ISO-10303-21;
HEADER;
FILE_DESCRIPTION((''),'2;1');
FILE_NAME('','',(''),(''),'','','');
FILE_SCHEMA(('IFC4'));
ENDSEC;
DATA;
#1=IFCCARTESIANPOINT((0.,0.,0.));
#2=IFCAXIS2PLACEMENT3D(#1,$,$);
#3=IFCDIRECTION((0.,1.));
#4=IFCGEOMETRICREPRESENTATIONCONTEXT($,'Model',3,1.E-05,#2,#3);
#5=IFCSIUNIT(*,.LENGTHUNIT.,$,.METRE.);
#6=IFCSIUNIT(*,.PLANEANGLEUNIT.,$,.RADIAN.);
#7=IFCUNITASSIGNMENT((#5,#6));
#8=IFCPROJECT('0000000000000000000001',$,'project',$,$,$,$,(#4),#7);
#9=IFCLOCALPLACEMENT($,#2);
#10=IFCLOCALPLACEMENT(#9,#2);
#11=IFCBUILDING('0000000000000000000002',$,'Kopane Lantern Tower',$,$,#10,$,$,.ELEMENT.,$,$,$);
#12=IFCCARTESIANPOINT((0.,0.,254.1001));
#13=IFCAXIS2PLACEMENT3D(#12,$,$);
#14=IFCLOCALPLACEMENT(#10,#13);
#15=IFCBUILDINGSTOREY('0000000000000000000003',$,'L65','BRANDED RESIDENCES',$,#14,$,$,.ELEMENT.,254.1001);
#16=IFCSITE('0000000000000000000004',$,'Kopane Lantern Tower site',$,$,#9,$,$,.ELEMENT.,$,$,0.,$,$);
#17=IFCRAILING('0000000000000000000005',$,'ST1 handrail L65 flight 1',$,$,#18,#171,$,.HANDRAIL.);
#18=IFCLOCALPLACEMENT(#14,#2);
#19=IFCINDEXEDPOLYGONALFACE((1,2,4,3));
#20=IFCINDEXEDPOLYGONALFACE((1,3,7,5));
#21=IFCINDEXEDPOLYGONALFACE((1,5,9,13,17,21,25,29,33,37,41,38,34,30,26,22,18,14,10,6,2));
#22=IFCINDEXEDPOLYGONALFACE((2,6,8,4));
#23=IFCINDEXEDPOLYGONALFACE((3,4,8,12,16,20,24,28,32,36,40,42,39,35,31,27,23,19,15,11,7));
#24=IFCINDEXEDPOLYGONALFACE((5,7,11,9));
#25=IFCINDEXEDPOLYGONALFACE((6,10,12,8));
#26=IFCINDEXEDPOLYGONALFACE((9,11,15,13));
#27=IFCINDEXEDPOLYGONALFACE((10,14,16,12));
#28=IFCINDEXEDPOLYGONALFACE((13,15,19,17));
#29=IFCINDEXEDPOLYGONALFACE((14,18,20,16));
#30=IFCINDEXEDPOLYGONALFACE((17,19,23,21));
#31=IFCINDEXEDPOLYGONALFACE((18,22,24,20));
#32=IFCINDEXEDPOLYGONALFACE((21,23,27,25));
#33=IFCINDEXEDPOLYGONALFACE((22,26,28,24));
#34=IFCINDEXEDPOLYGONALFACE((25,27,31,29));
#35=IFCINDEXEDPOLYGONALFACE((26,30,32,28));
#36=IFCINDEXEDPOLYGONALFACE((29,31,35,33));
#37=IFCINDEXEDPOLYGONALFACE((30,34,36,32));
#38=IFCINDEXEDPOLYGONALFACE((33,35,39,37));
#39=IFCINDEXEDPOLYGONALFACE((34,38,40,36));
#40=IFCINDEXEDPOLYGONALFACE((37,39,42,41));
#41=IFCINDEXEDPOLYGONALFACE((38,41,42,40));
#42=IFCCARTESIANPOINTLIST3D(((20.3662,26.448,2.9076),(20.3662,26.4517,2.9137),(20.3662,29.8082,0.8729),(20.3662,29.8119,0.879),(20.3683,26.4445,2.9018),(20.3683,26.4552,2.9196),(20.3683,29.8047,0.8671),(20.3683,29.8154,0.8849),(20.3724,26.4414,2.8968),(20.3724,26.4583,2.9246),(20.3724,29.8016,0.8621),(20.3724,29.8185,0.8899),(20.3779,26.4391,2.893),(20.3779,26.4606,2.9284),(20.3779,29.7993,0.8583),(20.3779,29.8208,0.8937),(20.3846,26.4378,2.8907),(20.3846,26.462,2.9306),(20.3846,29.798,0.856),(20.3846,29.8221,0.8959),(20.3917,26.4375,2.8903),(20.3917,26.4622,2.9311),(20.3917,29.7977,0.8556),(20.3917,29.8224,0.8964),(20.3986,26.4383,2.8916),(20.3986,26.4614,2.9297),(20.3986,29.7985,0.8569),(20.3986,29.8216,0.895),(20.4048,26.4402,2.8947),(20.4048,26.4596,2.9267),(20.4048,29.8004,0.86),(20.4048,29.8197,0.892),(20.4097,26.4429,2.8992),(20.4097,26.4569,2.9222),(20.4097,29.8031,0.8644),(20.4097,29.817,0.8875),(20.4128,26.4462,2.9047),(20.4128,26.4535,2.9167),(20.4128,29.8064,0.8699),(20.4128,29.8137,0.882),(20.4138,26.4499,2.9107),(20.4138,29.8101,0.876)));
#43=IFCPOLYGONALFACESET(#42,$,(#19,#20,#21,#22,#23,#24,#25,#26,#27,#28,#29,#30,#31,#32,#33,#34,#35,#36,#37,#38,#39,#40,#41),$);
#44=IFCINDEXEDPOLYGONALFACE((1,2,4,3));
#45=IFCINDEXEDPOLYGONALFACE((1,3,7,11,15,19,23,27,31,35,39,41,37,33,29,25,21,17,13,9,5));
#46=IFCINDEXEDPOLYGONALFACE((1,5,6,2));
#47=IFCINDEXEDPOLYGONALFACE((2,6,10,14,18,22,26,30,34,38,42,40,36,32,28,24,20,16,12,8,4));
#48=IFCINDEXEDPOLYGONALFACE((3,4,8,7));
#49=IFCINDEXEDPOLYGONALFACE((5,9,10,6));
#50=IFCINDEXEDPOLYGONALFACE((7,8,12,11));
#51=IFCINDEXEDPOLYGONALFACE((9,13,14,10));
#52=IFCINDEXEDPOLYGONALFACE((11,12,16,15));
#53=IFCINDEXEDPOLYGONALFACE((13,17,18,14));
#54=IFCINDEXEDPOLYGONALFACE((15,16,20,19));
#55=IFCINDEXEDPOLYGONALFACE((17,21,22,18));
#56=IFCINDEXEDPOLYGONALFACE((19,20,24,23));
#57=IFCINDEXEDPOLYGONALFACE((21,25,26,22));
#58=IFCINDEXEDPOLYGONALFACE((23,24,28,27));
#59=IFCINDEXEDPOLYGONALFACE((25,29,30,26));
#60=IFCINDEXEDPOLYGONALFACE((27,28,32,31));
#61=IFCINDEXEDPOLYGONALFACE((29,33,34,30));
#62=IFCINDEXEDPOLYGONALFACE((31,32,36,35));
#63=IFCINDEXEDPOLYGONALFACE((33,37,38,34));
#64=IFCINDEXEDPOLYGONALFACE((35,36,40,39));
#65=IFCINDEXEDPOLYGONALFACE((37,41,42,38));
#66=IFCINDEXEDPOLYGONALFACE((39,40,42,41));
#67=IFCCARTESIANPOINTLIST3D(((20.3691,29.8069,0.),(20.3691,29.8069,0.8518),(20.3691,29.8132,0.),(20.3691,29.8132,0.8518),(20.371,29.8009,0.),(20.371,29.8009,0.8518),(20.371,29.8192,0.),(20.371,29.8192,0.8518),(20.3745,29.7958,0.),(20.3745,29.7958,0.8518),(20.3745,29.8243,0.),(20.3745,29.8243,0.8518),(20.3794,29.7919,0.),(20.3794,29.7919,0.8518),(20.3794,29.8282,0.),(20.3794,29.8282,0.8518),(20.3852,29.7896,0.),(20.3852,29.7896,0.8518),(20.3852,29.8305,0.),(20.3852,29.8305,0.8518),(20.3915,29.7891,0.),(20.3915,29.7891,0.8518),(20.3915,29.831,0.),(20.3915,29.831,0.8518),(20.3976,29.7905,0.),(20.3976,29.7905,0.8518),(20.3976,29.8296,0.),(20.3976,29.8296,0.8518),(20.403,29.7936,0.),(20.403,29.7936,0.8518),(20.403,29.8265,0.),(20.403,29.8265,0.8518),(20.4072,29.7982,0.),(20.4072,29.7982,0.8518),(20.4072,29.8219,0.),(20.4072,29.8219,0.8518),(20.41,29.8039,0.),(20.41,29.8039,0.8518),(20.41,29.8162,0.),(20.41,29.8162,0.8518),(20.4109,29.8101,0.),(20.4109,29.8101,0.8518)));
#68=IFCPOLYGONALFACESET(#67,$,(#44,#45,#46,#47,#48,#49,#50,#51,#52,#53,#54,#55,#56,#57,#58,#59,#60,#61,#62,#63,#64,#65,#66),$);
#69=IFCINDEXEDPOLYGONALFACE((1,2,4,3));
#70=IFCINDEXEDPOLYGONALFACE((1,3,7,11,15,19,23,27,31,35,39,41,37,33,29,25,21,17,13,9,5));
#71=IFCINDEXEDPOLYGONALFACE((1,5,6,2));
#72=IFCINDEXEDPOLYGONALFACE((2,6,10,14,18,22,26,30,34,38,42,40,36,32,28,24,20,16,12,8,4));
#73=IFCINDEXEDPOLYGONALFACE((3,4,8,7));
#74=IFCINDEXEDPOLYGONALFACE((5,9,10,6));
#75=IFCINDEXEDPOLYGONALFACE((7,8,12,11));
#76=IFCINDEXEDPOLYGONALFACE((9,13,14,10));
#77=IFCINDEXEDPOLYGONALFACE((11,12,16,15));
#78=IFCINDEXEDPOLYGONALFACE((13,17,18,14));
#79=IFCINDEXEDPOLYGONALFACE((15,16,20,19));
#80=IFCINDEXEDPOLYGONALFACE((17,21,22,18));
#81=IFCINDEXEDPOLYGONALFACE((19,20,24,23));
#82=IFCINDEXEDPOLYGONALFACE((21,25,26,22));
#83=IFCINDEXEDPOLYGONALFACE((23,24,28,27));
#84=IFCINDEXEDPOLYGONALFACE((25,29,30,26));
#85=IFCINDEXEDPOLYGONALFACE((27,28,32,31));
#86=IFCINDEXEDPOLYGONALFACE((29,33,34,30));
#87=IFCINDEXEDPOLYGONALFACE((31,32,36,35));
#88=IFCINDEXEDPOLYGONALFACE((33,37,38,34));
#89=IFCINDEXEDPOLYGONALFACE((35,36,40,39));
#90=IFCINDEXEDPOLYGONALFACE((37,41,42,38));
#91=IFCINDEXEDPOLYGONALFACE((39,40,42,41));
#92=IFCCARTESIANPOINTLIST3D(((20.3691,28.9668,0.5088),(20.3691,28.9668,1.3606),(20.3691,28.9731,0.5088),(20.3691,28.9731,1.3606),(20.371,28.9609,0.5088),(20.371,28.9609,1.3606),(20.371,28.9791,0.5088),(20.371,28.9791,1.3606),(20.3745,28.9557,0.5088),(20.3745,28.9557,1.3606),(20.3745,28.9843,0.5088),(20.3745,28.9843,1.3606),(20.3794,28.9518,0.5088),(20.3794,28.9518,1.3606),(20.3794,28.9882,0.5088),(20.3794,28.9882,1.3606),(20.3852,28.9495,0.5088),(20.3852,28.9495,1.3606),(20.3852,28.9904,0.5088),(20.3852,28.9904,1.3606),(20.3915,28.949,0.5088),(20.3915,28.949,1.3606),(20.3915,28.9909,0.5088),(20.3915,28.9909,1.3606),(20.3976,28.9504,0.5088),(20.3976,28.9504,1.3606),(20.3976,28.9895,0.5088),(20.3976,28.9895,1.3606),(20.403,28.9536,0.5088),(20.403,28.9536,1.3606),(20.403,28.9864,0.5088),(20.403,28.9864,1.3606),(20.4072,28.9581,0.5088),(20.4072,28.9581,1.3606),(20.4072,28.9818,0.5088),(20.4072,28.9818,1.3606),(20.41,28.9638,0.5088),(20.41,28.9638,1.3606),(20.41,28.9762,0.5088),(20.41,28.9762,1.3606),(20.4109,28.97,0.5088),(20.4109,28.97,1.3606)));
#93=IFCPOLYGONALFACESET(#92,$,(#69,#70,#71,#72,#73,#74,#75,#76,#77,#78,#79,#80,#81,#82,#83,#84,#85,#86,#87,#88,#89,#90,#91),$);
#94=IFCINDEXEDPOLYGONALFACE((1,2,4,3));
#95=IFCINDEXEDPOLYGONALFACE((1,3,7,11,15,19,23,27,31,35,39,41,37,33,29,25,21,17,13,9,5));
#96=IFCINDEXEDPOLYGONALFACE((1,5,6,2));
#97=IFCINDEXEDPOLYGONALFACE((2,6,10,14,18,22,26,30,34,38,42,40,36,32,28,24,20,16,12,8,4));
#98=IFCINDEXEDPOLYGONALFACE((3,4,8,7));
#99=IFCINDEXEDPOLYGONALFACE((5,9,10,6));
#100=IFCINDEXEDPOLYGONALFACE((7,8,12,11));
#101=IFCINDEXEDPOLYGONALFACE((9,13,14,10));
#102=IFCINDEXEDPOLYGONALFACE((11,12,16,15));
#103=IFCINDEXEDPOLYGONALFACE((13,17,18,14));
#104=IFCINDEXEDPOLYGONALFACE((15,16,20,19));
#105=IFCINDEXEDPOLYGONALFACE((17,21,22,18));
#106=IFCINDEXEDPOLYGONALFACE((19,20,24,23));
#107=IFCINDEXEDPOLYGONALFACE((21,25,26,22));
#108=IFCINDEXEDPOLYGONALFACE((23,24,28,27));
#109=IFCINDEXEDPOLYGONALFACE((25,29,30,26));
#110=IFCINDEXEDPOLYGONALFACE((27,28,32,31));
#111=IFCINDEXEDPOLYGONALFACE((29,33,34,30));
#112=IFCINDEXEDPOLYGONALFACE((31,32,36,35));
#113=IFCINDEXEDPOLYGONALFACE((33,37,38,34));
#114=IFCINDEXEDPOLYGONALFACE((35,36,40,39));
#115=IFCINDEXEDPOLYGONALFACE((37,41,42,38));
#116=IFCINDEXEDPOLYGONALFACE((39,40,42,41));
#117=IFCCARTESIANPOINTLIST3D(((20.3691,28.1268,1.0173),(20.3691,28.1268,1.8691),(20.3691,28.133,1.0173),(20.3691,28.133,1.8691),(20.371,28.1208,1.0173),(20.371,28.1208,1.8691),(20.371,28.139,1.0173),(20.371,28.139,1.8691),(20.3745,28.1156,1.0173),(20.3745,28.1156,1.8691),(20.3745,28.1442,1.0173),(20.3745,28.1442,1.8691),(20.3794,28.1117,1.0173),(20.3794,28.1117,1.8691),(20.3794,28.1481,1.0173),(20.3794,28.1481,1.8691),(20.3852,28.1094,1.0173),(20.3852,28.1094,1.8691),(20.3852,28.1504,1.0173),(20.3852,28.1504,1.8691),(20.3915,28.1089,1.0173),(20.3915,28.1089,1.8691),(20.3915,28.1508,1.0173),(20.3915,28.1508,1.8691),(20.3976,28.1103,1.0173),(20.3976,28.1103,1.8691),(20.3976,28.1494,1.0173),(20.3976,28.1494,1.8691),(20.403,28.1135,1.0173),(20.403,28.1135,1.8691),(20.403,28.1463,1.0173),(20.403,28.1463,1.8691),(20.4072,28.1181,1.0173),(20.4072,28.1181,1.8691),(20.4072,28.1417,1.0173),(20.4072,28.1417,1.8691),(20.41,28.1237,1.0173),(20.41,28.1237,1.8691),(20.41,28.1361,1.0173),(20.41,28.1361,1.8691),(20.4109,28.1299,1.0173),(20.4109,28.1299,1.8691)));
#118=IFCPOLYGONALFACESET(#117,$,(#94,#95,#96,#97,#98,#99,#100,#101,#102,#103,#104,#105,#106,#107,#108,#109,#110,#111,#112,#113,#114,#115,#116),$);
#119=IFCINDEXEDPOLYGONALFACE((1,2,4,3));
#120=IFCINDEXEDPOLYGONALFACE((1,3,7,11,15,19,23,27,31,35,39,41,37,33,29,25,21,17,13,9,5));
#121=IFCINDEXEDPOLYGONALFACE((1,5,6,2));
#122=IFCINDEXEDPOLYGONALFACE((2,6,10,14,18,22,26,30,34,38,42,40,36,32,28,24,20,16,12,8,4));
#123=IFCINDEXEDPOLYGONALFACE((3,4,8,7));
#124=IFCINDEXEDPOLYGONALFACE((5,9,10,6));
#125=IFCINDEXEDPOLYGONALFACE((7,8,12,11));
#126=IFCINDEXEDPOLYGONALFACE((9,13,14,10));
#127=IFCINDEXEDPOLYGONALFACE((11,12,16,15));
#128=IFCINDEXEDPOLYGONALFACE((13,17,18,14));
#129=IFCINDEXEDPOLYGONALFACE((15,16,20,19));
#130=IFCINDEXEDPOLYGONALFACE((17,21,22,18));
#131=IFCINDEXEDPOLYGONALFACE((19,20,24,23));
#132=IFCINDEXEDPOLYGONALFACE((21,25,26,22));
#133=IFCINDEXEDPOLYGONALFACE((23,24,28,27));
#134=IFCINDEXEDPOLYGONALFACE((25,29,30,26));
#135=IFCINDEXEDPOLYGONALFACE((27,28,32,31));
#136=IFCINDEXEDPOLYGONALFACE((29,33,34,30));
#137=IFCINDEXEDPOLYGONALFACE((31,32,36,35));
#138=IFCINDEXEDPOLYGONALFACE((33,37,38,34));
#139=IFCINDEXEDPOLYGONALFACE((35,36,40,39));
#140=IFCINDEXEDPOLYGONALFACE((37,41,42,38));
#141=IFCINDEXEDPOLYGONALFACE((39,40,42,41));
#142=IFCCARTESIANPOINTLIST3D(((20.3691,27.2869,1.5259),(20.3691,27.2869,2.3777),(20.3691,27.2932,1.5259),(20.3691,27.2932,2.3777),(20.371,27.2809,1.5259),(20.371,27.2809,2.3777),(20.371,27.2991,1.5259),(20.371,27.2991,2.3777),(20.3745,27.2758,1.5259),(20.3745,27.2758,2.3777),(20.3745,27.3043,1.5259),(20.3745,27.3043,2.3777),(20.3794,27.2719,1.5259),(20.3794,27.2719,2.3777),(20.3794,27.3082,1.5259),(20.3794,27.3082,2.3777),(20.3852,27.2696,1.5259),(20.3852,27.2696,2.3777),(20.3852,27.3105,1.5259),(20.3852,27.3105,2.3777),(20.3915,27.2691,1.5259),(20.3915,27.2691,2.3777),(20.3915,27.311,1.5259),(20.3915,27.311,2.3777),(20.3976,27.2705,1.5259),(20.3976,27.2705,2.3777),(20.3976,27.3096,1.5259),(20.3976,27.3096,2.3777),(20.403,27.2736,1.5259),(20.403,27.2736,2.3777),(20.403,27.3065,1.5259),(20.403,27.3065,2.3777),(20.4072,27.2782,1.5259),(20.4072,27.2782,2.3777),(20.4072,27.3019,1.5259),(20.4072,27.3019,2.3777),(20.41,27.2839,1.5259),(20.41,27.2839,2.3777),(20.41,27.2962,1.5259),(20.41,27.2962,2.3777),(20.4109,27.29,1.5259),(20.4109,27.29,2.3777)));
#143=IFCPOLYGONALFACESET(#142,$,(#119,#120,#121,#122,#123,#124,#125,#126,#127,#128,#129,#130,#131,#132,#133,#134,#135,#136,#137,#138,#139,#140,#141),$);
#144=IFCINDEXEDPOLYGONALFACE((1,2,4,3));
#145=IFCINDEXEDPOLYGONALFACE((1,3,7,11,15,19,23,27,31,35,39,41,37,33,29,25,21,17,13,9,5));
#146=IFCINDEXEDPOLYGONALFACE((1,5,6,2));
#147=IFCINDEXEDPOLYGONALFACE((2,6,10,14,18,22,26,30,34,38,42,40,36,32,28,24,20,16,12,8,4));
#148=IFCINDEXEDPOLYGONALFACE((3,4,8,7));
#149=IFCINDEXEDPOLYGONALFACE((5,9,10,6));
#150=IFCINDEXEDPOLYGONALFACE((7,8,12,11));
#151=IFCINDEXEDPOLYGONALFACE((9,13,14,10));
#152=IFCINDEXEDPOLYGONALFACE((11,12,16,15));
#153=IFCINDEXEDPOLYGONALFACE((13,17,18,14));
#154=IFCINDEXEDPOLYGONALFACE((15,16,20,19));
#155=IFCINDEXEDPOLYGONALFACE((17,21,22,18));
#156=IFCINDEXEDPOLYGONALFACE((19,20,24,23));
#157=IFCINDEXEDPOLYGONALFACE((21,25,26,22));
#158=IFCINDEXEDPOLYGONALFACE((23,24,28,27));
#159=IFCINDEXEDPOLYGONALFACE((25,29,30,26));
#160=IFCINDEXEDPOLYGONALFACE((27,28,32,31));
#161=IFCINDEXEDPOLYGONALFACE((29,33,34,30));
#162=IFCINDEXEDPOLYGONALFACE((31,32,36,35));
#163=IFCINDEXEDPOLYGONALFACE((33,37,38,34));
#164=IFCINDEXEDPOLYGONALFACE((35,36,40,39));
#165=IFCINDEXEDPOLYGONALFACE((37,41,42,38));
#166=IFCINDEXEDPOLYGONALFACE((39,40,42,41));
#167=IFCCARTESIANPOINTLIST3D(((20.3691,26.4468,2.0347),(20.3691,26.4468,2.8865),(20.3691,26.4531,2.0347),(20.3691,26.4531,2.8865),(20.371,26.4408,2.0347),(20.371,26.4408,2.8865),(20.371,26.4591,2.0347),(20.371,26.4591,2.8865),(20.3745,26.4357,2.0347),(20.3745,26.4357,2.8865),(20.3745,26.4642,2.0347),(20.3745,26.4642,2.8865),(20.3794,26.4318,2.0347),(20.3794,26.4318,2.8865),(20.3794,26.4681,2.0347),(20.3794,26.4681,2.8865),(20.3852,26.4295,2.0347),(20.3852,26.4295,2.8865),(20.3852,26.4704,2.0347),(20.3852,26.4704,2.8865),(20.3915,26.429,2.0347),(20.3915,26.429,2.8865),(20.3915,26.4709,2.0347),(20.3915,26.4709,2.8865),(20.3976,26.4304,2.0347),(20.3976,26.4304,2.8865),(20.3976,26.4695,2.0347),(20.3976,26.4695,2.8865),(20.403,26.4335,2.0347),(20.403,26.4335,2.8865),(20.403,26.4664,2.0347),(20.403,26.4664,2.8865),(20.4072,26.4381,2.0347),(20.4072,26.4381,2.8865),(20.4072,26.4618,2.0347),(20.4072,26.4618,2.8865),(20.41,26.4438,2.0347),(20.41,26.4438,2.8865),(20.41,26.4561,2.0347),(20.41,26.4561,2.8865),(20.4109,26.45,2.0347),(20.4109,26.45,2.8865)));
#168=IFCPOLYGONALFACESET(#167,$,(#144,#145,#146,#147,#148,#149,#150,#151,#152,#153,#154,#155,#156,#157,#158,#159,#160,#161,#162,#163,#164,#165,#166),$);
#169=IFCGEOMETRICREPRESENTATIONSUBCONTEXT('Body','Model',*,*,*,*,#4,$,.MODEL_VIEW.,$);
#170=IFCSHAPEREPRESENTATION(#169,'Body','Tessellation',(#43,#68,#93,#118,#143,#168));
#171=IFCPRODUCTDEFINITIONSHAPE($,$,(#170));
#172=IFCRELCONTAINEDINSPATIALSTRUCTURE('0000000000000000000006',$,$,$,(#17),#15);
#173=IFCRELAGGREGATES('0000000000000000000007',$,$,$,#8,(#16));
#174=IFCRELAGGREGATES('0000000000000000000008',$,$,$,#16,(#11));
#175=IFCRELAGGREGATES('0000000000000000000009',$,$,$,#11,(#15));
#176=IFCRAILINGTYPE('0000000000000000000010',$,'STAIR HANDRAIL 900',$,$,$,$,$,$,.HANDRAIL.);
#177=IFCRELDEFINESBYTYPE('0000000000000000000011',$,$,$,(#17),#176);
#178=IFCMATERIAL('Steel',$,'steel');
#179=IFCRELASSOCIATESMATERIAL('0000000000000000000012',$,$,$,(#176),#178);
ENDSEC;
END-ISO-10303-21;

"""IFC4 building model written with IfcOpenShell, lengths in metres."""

from ifc_helpers import new_model, si_unit, direction, frame, origin, origin_2d, place, context, subcontext, project, spatial, circle, extrude, material, type_object, element, save


model = new_model("IFC4")

# Units and contexts
model_context = context("Model", 3, precision=1e-05, world=origin(), true_north=direction((0.0, 1.0)))
body_context = subcontext(model_context, "Body", "Model", "MODEL_VIEW")
ifc_project = project(units=[si_unit("LENGTHUNIT", "METRE"), si_unit("PLANEANGLEUNIT", "RADIAN")], contexts=[model_context])

# Site, building, storey
site_placement = place(None, origin())
site = spatial("IfcSite", under=ifc_project, at=site_placement, Name="Kopane Lantern Tower site", CompositionType="ELEMENT", RefElevation=0.0)
building_placement = place(site_placement, origin())
building = spatial("IfcBuilding", under=site, at=building_placement, Name="Kopane Lantern Tower", CompositionType="ELEMENT")
storey_placement = place(building_placement, frame((0.0, 0.0, 254.1001)))
storey = spatial("IfcBuildingStorey", under=building, at=storey_placement, Name="L65", Description="BRANDED RESIDENCES", CompositionType="ELEMENT", Elevation=254.1001)

# Railing
ifc_material_1 = material(Name="Steel", Category="steel")
railing_type_1 = type_object("IfcRailingType", Name="STAIR HANDRAIL 900", PredefinedType="HANDRAIL", material=ifc_material_1)
for number, where, name in (
    (1, (20.3899, 29.8101, 0.0), "ST1 handrail L65 flight 1"),
):
    element("IfcRailing", number, at=place(storey_placement, frame(where)), inside=storey, type_object=railing_type_1, Name=name, PredefinedType="HANDRAIL", context=body_context, shape_type="SweptSolid", body=[
        extrude(circle(Radius=0.0239, at=origin_2d()), frame((0.0, 0.0, 0.876), z_axis=(0.0, -0.855396, 0.517974), x_axis=(1.0, 0.0, 0.0)), (0.0, 0.0, 1.0), 3.9282),
        extrude(circle(Radius=0.021, at=origin_2d()), origin(), (0.0, 0.0, 1.0), 0.8518),
        extrude(circle(Radius=0.021, at=origin_2d()), frame((0.0, -0.8401, 0.5088)), (0.0, 0.0, 1.0), 0.8518),
        extrude(circle(Radius=0.021, at=origin_2d()), frame((0.0, -1.6802, 1.0173)), (0.0, 0.0, 1.0), 0.8518),
        extrude(circle(Radius=0.021, at=origin_2d()), frame((0.0, -2.52, 1.5259)), (0.0, 0.0, 1.0), 0.8518),
        extrude(circle(Radius=0.021, at=origin_2d()), frame((0.0, -3.3601, 2.0347)), (0.0, 0.0, 1.0), 0.8518),
    ])

save(model, "model.ifc")
